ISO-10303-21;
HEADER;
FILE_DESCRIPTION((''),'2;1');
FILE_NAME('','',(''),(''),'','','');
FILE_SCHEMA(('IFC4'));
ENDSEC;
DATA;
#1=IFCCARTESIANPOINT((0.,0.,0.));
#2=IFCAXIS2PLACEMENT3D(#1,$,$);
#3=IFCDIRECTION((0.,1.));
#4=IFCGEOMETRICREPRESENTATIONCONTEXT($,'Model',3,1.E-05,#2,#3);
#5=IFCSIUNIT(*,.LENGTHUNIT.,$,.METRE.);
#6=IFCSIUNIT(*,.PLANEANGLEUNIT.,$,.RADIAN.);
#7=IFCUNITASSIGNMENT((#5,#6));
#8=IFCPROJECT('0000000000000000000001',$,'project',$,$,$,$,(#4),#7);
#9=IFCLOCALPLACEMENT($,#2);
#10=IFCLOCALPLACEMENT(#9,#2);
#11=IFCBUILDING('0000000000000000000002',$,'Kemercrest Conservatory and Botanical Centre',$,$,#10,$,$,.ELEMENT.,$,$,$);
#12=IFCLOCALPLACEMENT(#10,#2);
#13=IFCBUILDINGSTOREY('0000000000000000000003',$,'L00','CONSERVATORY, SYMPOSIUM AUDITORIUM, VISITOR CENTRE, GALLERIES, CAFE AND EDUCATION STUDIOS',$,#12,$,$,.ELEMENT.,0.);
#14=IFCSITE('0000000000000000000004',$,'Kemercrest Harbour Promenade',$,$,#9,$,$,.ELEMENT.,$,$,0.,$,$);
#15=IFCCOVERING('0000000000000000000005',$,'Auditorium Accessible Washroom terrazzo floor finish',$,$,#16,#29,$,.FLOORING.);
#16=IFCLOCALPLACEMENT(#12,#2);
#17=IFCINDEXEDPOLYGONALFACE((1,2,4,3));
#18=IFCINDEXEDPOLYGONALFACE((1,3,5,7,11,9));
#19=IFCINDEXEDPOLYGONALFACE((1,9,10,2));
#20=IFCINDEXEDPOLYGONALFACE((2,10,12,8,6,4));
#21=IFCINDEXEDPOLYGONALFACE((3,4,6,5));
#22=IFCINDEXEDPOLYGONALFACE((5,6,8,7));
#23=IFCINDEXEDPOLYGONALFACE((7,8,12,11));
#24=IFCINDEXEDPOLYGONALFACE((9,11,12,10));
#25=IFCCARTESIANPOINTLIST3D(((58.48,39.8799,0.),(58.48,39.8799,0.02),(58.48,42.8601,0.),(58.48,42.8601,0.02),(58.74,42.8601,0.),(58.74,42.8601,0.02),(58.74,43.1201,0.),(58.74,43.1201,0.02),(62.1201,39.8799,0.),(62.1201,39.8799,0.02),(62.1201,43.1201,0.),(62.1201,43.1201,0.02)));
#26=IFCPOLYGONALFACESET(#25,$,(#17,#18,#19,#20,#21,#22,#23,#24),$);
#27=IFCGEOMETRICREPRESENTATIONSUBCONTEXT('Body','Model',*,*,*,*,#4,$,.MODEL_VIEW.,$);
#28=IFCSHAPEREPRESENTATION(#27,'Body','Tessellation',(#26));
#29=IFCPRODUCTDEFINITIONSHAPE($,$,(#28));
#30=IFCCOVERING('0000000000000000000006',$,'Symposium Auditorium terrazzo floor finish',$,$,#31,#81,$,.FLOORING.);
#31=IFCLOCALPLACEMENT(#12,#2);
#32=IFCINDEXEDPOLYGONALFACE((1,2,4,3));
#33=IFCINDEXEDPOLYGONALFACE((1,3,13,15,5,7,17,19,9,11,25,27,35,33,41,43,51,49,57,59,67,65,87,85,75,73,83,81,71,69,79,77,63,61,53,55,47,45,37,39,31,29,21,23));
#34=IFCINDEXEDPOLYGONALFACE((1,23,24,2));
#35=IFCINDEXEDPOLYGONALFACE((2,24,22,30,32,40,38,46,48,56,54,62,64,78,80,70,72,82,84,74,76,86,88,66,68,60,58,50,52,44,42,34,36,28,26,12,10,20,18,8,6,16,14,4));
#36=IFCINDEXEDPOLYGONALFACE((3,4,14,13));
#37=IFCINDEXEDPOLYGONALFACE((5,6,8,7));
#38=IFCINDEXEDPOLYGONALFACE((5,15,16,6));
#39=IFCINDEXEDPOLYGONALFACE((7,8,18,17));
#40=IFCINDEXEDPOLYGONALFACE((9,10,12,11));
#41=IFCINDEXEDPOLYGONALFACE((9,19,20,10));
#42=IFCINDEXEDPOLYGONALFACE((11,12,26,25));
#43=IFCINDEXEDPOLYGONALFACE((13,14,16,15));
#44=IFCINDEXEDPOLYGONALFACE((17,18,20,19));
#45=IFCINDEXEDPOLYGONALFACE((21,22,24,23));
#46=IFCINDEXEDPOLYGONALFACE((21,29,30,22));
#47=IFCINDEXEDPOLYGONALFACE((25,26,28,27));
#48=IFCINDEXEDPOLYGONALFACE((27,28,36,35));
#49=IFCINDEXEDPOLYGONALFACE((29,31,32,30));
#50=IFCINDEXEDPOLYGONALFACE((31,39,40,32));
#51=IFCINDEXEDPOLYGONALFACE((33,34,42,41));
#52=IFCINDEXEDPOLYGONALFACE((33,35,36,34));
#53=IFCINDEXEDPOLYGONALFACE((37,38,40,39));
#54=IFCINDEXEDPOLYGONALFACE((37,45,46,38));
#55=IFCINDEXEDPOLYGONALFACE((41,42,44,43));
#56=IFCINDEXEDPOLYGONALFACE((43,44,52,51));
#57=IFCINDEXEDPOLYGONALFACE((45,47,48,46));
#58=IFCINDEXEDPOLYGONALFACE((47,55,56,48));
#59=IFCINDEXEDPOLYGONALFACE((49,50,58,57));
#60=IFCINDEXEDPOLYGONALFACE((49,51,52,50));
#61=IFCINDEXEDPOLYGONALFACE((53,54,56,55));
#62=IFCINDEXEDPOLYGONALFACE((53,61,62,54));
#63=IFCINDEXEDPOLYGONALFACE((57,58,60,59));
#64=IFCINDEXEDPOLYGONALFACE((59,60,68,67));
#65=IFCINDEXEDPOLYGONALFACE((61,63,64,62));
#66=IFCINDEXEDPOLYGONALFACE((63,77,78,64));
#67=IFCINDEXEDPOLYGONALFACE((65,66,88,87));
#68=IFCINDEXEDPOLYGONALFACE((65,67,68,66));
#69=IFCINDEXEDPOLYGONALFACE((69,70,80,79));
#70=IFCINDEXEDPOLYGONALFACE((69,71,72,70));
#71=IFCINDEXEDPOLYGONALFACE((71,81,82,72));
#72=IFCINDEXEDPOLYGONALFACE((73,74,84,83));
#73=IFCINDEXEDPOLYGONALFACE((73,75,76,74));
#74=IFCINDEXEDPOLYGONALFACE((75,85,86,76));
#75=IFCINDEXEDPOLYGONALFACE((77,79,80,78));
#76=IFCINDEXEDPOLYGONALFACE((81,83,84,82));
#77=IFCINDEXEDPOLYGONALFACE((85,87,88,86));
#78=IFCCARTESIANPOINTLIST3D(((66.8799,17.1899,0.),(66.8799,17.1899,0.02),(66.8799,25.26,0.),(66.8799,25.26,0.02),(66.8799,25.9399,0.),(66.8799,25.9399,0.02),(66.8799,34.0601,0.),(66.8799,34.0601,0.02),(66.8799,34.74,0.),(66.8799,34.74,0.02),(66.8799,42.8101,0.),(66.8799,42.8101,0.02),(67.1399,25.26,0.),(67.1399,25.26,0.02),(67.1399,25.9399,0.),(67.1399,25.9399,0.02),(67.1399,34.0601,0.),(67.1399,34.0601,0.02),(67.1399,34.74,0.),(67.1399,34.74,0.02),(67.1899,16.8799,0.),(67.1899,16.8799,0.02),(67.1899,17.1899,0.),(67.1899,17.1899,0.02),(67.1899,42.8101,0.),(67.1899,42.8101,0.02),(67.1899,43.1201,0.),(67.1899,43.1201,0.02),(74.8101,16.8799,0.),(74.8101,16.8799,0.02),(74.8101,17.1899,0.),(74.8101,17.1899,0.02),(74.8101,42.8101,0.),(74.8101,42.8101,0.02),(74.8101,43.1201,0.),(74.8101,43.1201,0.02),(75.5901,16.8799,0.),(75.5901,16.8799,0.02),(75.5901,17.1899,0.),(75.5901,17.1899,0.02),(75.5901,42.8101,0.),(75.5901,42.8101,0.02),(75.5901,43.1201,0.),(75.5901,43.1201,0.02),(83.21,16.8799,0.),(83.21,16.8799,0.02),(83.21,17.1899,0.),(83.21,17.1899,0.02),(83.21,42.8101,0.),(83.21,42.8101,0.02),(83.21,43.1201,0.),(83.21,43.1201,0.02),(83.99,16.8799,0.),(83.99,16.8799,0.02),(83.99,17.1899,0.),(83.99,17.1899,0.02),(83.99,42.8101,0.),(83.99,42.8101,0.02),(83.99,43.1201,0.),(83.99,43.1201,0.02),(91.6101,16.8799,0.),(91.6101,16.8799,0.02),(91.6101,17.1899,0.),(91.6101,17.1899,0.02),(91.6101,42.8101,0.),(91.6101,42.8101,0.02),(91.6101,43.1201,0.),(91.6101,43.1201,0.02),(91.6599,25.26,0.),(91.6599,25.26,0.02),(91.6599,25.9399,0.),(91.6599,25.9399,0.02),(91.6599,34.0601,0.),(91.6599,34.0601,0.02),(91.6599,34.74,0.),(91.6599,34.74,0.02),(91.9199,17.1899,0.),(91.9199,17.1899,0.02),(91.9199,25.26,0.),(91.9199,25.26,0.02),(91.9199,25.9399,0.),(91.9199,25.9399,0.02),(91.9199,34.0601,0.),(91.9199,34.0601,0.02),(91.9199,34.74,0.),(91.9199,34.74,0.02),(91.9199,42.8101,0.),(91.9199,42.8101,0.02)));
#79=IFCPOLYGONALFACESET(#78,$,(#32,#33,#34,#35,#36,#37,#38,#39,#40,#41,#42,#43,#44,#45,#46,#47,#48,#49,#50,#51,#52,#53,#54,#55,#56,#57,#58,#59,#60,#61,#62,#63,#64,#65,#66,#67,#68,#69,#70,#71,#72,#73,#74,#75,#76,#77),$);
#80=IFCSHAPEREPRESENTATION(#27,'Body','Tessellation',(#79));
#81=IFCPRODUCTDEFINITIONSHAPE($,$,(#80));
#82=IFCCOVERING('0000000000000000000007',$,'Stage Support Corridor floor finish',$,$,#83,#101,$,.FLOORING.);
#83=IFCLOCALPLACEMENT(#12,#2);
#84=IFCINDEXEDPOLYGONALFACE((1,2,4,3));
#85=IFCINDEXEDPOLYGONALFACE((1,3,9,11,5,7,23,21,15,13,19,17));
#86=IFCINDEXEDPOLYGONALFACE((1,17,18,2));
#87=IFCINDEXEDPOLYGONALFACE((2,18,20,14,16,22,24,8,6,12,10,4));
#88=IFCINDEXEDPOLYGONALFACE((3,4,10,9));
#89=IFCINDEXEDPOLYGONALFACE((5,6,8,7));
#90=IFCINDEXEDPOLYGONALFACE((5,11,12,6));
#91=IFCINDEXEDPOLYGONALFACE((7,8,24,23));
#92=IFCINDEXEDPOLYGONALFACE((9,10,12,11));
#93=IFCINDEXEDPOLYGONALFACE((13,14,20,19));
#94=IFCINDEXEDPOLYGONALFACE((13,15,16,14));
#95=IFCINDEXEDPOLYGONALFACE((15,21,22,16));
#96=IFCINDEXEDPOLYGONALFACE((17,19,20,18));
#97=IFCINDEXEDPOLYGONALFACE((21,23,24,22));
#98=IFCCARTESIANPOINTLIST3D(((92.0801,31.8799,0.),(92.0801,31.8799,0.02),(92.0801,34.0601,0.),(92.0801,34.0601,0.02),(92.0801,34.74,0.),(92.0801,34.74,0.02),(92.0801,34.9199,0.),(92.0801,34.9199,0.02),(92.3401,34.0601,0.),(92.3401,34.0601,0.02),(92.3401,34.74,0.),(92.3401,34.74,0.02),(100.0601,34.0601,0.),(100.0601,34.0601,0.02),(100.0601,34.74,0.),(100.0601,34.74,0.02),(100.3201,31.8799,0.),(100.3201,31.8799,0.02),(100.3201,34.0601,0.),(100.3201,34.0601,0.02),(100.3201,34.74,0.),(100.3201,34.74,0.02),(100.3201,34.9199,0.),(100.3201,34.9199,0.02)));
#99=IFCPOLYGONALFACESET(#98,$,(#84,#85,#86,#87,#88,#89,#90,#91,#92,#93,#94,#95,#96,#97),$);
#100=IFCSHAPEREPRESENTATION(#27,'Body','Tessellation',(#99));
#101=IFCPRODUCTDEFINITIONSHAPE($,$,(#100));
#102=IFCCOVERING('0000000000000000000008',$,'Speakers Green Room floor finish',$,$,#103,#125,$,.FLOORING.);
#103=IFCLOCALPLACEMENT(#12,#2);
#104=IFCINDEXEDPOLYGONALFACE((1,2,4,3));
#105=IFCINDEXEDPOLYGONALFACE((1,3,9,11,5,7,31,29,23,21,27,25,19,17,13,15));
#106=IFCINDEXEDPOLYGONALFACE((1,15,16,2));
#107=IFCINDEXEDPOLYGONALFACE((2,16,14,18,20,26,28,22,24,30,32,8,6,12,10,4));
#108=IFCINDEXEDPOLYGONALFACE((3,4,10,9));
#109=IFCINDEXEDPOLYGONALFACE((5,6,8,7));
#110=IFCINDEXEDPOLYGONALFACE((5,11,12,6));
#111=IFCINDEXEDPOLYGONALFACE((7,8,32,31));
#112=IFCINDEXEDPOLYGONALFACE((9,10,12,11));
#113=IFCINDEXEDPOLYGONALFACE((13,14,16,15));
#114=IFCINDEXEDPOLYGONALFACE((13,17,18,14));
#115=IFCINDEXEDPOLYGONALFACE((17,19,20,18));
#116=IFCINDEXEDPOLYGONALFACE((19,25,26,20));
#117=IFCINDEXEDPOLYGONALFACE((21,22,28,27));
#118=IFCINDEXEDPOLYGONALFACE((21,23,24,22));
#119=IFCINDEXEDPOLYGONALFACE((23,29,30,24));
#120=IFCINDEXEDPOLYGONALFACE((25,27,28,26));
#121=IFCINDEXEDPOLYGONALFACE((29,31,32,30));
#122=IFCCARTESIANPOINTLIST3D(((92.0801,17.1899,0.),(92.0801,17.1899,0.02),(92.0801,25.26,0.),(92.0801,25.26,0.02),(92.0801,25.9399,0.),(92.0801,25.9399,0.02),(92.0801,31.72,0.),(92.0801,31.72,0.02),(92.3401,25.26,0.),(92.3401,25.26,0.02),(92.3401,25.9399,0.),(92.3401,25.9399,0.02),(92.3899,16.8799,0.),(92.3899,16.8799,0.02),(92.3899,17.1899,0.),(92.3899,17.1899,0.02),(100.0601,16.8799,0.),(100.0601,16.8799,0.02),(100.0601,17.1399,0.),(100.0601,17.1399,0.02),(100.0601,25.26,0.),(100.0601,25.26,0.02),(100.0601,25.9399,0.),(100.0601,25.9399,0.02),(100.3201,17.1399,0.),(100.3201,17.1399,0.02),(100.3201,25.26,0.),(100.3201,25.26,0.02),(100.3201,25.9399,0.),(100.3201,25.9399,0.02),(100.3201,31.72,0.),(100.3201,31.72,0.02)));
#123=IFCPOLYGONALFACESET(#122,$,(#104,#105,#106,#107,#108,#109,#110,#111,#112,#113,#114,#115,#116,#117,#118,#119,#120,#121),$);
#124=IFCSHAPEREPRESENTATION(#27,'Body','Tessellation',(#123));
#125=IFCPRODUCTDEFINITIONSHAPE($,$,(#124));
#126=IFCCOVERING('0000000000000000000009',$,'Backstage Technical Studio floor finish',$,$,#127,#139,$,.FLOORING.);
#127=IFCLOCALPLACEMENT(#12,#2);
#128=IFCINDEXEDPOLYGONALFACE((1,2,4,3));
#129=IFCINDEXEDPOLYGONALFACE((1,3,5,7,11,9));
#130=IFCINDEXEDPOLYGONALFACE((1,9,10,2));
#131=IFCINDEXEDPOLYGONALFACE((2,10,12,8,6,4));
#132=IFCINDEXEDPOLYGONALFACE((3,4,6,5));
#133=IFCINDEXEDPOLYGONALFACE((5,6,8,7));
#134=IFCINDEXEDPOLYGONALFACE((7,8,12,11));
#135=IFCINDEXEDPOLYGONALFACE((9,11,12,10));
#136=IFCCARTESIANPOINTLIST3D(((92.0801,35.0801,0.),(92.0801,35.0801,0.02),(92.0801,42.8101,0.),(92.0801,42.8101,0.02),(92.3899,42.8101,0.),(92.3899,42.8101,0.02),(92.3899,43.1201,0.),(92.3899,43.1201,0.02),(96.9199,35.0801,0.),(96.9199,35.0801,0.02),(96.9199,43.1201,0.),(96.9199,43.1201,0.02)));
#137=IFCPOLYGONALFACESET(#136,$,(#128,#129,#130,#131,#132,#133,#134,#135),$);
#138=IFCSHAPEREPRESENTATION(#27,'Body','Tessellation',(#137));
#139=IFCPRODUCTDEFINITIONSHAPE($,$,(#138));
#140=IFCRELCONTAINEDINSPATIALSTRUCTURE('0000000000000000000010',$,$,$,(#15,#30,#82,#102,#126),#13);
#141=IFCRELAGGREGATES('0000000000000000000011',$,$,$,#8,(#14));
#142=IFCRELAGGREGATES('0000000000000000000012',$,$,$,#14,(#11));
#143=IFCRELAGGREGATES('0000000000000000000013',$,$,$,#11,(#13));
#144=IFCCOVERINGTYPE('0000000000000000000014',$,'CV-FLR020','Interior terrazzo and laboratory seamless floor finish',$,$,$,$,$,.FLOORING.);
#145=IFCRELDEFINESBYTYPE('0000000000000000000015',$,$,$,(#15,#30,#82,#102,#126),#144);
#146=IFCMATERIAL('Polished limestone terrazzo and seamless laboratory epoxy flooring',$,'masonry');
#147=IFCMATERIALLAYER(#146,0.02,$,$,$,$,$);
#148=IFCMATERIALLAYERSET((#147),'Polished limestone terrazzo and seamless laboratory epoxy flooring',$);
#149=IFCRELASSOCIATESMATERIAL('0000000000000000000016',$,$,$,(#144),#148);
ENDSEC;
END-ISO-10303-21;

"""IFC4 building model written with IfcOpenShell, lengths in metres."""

from ifc_helpers import new_model, si_unit, direction, origin, place, context, subcontext, project, spatial, polyline, outline, extrude, material, layer, layer_set, type_object, element, save


model = new_model("IFC4")

# Units and contexts
model_context = context("Model", 3, precision=1e-05, world=origin(), true_north=direction((0.0, 1.0)))
body_context = subcontext(model_context, "Body", "Model", "MODEL_VIEW")
ifc_project = project(units=[si_unit("LENGTHUNIT", "METRE"), si_unit("PLANEANGLEUNIT", "RADIAN")], contexts=[model_context])

# Site, building, storey
site_placement = place(None, origin())
site = spatial("IfcSite", under=ifc_project, at=site_placement, Name="Kemercrest Harbour Promenade", CompositionType="ELEMENT", RefElevation=0.0)
building_placement = place(site_placement, origin())
building = spatial("IfcBuilding", under=site, at=building_placement, Name="Kemercrest Conservatory and Botanical Centre", CompositionType="ELEMENT")
storey_placement = place(building_placement, origin())
storey = spatial("IfcBuildingStorey", under=building, at=storey_placement, Name="L00", Description="CONSERVATORY, SYMPOSIUM AUDITORIUM, VISITOR CENTRE, GALLERIES, CAFE AND EDUCATION STUDIOS", CompositionType="ELEMENT", Elevation=0.0)

# Coverings
ifc_material = material(Name="Polished limestone terrazzo and seamless laboratory epoxy flooring", Category="masonry")
ifc_layer = layer(ifc_material, 0.02)
ifc_layer_set = layer_set([ifc_layer], Name="Polished limestone terrazzo and seamless laboratory epoxy flooring")
covering_type = type_object("IfcCoveringType", Name="CV-FLR020", Description="Interior terrazzo and laboratory seamless floor finish", PredefinedType="FLOORING", material=ifc_layer_set)
covering_1_placement = place(storey_placement, origin())
element("IfcCovering", 1, at=covering_1_placement, inside=storey, type_object=covering_type, Name="Auditorium Accessible Washroom terrazzo floor finish", PredefinedType="FLOORING", context=body_context, shape_type="SweptSolid", body=[
    extrude(outline(polyline([(58.48, 39.8799), (62.1201, 39.8799), (62.1201, 43.1201), (58.74, 43.1201), (58.74, 42.8601), (58.48, 42.8601), (58.48, 39.8799)])), origin(), (0.0, 0.0, 1.0), 0.02),
])
covering_2_placement = place(storey_placement, origin())
element("IfcCovering", 2, at=covering_2_placement, inside=storey, type_object=covering_type, Name="Symposium Auditorium terrazzo floor finish", PredefinedType="FLOORING", context=body_context, shape_type="SweptSolid", body=[
    extrude(outline(polyline([(83.99, 16.8799), (91.6101, 16.8799), (91.6101, 17.1899), (91.9199, 17.1899), (91.9199, 25.26), (91.6599, 25.26), (91.6599, 25.9399), (91.9199, 25.9399), (91.9199, 34.0601), (91.6599, 34.0601), (91.6599, 34.74), (91.9199, 34.74), (91.9199, 42.8101), (91.6101, 42.8101), (91.6101, 43.1201), (83.99, 43.1201), (83.99, 42.8101), (83.21, 42.8101), (83.21, 43.1201), (75.5901, 43.1201), (75.5901, 42.8101), (74.8101, 42.8101), (74.8101, 43.1201), (67.1899, 43.1201), (67.1899, 42.8101), (66.8799, 42.8101), (66.8799, 34.74), (67.1399, 34.74), (67.1399, 34.0601), (66.8799, 34.0601), (66.8799, 25.9399), (67.1399, 25.9399), (67.1399, 25.26), (66.8799, 25.26), (66.8799, 17.1899), (67.1899, 17.1899), (67.1899, 16.8799), (74.8101, 16.8799), (74.8101, 17.1899), (75.5901, 17.1899), (75.5901, 16.8799), (83.21, 16.8799), (83.21, 17.1899), (83.99, 17.1899), (83.99, 16.8799)])), origin(), (0.0, 0.0, 1.0), 0.02),
])
covering_3_placement = place(storey_placement, origin())
element("IfcCovering", 3, at=covering_3_placement, inside=storey, type_object=covering_type, Name="Stage Support Corridor floor finish", PredefinedType="FLOORING", context=body_context, shape_type="SweptSolid", body=[
    extrude(outline(polyline([(92.0801, 31.8799), (100.3201, 31.8799), (100.3201, 34.0601), (100.0601, 34.0601), (100.0601, 34.74), (100.3201, 34.74), (100.3201, 34.9199), (92.0801, 34.9199), (92.0801, 34.74), (92.3401, 34.74), (92.3401, 34.0601), (92.0801, 34.0601), (92.0801, 31.8799)])), origin(), (0.0, 0.0, 1.0), 0.02),
])
covering_4_placement = place(storey_placement, origin())
element("IfcCovering", 4, at=covering_4_placement, inside=storey, type_object=covering_type, Name="Speakers Green Room floor finish", PredefinedType="FLOORING", context=body_context, shape_type="SweptSolid", body=[
    extrude(outline(polyline([(92.3899, 16.8799), (100.0601, 16.8799), (100.0601, 17.1399), (100.3201, 17.1399), (100.3201, 25.26), (100.0601, 25.26), (100.0601, 25.9399), (100.3201, 25.9399), (100.3201, 31.72), (92.0801, 31.72), (92.0801, 25.9399), (92.3401, 25.9399), (92.3401, 25.26), (92.0801, 25.26), (92.0801, 17.1899), (92.3899, 17.1899), (92.3899, 16.8799)])), origin(), (0.0, 0.0, 1.0), 0.02),
])
covering_5_placement = place(storey_placement, origin())
element("IfcCovering", 5, at=covering_5_placement, inside=storey, type_object=covering_type, Name="Backstage Technical Studio floor finish", PredefinedType="FLOORING", context=body_context, shape_type="SweptSolid", body=[
    extrude(outline(polyline([(92.0801, 35.0801), (96.9199, 35.0801), (96.9199, 43.1201), (92.3899, 43.1201), (92.3899, 42.8101), (92.0801, 42.8101), (92.0801, 35.0801)])), origin(), (0.0, 0.0, 1.0), 0.02),
])

save(model, "model.ifc")
